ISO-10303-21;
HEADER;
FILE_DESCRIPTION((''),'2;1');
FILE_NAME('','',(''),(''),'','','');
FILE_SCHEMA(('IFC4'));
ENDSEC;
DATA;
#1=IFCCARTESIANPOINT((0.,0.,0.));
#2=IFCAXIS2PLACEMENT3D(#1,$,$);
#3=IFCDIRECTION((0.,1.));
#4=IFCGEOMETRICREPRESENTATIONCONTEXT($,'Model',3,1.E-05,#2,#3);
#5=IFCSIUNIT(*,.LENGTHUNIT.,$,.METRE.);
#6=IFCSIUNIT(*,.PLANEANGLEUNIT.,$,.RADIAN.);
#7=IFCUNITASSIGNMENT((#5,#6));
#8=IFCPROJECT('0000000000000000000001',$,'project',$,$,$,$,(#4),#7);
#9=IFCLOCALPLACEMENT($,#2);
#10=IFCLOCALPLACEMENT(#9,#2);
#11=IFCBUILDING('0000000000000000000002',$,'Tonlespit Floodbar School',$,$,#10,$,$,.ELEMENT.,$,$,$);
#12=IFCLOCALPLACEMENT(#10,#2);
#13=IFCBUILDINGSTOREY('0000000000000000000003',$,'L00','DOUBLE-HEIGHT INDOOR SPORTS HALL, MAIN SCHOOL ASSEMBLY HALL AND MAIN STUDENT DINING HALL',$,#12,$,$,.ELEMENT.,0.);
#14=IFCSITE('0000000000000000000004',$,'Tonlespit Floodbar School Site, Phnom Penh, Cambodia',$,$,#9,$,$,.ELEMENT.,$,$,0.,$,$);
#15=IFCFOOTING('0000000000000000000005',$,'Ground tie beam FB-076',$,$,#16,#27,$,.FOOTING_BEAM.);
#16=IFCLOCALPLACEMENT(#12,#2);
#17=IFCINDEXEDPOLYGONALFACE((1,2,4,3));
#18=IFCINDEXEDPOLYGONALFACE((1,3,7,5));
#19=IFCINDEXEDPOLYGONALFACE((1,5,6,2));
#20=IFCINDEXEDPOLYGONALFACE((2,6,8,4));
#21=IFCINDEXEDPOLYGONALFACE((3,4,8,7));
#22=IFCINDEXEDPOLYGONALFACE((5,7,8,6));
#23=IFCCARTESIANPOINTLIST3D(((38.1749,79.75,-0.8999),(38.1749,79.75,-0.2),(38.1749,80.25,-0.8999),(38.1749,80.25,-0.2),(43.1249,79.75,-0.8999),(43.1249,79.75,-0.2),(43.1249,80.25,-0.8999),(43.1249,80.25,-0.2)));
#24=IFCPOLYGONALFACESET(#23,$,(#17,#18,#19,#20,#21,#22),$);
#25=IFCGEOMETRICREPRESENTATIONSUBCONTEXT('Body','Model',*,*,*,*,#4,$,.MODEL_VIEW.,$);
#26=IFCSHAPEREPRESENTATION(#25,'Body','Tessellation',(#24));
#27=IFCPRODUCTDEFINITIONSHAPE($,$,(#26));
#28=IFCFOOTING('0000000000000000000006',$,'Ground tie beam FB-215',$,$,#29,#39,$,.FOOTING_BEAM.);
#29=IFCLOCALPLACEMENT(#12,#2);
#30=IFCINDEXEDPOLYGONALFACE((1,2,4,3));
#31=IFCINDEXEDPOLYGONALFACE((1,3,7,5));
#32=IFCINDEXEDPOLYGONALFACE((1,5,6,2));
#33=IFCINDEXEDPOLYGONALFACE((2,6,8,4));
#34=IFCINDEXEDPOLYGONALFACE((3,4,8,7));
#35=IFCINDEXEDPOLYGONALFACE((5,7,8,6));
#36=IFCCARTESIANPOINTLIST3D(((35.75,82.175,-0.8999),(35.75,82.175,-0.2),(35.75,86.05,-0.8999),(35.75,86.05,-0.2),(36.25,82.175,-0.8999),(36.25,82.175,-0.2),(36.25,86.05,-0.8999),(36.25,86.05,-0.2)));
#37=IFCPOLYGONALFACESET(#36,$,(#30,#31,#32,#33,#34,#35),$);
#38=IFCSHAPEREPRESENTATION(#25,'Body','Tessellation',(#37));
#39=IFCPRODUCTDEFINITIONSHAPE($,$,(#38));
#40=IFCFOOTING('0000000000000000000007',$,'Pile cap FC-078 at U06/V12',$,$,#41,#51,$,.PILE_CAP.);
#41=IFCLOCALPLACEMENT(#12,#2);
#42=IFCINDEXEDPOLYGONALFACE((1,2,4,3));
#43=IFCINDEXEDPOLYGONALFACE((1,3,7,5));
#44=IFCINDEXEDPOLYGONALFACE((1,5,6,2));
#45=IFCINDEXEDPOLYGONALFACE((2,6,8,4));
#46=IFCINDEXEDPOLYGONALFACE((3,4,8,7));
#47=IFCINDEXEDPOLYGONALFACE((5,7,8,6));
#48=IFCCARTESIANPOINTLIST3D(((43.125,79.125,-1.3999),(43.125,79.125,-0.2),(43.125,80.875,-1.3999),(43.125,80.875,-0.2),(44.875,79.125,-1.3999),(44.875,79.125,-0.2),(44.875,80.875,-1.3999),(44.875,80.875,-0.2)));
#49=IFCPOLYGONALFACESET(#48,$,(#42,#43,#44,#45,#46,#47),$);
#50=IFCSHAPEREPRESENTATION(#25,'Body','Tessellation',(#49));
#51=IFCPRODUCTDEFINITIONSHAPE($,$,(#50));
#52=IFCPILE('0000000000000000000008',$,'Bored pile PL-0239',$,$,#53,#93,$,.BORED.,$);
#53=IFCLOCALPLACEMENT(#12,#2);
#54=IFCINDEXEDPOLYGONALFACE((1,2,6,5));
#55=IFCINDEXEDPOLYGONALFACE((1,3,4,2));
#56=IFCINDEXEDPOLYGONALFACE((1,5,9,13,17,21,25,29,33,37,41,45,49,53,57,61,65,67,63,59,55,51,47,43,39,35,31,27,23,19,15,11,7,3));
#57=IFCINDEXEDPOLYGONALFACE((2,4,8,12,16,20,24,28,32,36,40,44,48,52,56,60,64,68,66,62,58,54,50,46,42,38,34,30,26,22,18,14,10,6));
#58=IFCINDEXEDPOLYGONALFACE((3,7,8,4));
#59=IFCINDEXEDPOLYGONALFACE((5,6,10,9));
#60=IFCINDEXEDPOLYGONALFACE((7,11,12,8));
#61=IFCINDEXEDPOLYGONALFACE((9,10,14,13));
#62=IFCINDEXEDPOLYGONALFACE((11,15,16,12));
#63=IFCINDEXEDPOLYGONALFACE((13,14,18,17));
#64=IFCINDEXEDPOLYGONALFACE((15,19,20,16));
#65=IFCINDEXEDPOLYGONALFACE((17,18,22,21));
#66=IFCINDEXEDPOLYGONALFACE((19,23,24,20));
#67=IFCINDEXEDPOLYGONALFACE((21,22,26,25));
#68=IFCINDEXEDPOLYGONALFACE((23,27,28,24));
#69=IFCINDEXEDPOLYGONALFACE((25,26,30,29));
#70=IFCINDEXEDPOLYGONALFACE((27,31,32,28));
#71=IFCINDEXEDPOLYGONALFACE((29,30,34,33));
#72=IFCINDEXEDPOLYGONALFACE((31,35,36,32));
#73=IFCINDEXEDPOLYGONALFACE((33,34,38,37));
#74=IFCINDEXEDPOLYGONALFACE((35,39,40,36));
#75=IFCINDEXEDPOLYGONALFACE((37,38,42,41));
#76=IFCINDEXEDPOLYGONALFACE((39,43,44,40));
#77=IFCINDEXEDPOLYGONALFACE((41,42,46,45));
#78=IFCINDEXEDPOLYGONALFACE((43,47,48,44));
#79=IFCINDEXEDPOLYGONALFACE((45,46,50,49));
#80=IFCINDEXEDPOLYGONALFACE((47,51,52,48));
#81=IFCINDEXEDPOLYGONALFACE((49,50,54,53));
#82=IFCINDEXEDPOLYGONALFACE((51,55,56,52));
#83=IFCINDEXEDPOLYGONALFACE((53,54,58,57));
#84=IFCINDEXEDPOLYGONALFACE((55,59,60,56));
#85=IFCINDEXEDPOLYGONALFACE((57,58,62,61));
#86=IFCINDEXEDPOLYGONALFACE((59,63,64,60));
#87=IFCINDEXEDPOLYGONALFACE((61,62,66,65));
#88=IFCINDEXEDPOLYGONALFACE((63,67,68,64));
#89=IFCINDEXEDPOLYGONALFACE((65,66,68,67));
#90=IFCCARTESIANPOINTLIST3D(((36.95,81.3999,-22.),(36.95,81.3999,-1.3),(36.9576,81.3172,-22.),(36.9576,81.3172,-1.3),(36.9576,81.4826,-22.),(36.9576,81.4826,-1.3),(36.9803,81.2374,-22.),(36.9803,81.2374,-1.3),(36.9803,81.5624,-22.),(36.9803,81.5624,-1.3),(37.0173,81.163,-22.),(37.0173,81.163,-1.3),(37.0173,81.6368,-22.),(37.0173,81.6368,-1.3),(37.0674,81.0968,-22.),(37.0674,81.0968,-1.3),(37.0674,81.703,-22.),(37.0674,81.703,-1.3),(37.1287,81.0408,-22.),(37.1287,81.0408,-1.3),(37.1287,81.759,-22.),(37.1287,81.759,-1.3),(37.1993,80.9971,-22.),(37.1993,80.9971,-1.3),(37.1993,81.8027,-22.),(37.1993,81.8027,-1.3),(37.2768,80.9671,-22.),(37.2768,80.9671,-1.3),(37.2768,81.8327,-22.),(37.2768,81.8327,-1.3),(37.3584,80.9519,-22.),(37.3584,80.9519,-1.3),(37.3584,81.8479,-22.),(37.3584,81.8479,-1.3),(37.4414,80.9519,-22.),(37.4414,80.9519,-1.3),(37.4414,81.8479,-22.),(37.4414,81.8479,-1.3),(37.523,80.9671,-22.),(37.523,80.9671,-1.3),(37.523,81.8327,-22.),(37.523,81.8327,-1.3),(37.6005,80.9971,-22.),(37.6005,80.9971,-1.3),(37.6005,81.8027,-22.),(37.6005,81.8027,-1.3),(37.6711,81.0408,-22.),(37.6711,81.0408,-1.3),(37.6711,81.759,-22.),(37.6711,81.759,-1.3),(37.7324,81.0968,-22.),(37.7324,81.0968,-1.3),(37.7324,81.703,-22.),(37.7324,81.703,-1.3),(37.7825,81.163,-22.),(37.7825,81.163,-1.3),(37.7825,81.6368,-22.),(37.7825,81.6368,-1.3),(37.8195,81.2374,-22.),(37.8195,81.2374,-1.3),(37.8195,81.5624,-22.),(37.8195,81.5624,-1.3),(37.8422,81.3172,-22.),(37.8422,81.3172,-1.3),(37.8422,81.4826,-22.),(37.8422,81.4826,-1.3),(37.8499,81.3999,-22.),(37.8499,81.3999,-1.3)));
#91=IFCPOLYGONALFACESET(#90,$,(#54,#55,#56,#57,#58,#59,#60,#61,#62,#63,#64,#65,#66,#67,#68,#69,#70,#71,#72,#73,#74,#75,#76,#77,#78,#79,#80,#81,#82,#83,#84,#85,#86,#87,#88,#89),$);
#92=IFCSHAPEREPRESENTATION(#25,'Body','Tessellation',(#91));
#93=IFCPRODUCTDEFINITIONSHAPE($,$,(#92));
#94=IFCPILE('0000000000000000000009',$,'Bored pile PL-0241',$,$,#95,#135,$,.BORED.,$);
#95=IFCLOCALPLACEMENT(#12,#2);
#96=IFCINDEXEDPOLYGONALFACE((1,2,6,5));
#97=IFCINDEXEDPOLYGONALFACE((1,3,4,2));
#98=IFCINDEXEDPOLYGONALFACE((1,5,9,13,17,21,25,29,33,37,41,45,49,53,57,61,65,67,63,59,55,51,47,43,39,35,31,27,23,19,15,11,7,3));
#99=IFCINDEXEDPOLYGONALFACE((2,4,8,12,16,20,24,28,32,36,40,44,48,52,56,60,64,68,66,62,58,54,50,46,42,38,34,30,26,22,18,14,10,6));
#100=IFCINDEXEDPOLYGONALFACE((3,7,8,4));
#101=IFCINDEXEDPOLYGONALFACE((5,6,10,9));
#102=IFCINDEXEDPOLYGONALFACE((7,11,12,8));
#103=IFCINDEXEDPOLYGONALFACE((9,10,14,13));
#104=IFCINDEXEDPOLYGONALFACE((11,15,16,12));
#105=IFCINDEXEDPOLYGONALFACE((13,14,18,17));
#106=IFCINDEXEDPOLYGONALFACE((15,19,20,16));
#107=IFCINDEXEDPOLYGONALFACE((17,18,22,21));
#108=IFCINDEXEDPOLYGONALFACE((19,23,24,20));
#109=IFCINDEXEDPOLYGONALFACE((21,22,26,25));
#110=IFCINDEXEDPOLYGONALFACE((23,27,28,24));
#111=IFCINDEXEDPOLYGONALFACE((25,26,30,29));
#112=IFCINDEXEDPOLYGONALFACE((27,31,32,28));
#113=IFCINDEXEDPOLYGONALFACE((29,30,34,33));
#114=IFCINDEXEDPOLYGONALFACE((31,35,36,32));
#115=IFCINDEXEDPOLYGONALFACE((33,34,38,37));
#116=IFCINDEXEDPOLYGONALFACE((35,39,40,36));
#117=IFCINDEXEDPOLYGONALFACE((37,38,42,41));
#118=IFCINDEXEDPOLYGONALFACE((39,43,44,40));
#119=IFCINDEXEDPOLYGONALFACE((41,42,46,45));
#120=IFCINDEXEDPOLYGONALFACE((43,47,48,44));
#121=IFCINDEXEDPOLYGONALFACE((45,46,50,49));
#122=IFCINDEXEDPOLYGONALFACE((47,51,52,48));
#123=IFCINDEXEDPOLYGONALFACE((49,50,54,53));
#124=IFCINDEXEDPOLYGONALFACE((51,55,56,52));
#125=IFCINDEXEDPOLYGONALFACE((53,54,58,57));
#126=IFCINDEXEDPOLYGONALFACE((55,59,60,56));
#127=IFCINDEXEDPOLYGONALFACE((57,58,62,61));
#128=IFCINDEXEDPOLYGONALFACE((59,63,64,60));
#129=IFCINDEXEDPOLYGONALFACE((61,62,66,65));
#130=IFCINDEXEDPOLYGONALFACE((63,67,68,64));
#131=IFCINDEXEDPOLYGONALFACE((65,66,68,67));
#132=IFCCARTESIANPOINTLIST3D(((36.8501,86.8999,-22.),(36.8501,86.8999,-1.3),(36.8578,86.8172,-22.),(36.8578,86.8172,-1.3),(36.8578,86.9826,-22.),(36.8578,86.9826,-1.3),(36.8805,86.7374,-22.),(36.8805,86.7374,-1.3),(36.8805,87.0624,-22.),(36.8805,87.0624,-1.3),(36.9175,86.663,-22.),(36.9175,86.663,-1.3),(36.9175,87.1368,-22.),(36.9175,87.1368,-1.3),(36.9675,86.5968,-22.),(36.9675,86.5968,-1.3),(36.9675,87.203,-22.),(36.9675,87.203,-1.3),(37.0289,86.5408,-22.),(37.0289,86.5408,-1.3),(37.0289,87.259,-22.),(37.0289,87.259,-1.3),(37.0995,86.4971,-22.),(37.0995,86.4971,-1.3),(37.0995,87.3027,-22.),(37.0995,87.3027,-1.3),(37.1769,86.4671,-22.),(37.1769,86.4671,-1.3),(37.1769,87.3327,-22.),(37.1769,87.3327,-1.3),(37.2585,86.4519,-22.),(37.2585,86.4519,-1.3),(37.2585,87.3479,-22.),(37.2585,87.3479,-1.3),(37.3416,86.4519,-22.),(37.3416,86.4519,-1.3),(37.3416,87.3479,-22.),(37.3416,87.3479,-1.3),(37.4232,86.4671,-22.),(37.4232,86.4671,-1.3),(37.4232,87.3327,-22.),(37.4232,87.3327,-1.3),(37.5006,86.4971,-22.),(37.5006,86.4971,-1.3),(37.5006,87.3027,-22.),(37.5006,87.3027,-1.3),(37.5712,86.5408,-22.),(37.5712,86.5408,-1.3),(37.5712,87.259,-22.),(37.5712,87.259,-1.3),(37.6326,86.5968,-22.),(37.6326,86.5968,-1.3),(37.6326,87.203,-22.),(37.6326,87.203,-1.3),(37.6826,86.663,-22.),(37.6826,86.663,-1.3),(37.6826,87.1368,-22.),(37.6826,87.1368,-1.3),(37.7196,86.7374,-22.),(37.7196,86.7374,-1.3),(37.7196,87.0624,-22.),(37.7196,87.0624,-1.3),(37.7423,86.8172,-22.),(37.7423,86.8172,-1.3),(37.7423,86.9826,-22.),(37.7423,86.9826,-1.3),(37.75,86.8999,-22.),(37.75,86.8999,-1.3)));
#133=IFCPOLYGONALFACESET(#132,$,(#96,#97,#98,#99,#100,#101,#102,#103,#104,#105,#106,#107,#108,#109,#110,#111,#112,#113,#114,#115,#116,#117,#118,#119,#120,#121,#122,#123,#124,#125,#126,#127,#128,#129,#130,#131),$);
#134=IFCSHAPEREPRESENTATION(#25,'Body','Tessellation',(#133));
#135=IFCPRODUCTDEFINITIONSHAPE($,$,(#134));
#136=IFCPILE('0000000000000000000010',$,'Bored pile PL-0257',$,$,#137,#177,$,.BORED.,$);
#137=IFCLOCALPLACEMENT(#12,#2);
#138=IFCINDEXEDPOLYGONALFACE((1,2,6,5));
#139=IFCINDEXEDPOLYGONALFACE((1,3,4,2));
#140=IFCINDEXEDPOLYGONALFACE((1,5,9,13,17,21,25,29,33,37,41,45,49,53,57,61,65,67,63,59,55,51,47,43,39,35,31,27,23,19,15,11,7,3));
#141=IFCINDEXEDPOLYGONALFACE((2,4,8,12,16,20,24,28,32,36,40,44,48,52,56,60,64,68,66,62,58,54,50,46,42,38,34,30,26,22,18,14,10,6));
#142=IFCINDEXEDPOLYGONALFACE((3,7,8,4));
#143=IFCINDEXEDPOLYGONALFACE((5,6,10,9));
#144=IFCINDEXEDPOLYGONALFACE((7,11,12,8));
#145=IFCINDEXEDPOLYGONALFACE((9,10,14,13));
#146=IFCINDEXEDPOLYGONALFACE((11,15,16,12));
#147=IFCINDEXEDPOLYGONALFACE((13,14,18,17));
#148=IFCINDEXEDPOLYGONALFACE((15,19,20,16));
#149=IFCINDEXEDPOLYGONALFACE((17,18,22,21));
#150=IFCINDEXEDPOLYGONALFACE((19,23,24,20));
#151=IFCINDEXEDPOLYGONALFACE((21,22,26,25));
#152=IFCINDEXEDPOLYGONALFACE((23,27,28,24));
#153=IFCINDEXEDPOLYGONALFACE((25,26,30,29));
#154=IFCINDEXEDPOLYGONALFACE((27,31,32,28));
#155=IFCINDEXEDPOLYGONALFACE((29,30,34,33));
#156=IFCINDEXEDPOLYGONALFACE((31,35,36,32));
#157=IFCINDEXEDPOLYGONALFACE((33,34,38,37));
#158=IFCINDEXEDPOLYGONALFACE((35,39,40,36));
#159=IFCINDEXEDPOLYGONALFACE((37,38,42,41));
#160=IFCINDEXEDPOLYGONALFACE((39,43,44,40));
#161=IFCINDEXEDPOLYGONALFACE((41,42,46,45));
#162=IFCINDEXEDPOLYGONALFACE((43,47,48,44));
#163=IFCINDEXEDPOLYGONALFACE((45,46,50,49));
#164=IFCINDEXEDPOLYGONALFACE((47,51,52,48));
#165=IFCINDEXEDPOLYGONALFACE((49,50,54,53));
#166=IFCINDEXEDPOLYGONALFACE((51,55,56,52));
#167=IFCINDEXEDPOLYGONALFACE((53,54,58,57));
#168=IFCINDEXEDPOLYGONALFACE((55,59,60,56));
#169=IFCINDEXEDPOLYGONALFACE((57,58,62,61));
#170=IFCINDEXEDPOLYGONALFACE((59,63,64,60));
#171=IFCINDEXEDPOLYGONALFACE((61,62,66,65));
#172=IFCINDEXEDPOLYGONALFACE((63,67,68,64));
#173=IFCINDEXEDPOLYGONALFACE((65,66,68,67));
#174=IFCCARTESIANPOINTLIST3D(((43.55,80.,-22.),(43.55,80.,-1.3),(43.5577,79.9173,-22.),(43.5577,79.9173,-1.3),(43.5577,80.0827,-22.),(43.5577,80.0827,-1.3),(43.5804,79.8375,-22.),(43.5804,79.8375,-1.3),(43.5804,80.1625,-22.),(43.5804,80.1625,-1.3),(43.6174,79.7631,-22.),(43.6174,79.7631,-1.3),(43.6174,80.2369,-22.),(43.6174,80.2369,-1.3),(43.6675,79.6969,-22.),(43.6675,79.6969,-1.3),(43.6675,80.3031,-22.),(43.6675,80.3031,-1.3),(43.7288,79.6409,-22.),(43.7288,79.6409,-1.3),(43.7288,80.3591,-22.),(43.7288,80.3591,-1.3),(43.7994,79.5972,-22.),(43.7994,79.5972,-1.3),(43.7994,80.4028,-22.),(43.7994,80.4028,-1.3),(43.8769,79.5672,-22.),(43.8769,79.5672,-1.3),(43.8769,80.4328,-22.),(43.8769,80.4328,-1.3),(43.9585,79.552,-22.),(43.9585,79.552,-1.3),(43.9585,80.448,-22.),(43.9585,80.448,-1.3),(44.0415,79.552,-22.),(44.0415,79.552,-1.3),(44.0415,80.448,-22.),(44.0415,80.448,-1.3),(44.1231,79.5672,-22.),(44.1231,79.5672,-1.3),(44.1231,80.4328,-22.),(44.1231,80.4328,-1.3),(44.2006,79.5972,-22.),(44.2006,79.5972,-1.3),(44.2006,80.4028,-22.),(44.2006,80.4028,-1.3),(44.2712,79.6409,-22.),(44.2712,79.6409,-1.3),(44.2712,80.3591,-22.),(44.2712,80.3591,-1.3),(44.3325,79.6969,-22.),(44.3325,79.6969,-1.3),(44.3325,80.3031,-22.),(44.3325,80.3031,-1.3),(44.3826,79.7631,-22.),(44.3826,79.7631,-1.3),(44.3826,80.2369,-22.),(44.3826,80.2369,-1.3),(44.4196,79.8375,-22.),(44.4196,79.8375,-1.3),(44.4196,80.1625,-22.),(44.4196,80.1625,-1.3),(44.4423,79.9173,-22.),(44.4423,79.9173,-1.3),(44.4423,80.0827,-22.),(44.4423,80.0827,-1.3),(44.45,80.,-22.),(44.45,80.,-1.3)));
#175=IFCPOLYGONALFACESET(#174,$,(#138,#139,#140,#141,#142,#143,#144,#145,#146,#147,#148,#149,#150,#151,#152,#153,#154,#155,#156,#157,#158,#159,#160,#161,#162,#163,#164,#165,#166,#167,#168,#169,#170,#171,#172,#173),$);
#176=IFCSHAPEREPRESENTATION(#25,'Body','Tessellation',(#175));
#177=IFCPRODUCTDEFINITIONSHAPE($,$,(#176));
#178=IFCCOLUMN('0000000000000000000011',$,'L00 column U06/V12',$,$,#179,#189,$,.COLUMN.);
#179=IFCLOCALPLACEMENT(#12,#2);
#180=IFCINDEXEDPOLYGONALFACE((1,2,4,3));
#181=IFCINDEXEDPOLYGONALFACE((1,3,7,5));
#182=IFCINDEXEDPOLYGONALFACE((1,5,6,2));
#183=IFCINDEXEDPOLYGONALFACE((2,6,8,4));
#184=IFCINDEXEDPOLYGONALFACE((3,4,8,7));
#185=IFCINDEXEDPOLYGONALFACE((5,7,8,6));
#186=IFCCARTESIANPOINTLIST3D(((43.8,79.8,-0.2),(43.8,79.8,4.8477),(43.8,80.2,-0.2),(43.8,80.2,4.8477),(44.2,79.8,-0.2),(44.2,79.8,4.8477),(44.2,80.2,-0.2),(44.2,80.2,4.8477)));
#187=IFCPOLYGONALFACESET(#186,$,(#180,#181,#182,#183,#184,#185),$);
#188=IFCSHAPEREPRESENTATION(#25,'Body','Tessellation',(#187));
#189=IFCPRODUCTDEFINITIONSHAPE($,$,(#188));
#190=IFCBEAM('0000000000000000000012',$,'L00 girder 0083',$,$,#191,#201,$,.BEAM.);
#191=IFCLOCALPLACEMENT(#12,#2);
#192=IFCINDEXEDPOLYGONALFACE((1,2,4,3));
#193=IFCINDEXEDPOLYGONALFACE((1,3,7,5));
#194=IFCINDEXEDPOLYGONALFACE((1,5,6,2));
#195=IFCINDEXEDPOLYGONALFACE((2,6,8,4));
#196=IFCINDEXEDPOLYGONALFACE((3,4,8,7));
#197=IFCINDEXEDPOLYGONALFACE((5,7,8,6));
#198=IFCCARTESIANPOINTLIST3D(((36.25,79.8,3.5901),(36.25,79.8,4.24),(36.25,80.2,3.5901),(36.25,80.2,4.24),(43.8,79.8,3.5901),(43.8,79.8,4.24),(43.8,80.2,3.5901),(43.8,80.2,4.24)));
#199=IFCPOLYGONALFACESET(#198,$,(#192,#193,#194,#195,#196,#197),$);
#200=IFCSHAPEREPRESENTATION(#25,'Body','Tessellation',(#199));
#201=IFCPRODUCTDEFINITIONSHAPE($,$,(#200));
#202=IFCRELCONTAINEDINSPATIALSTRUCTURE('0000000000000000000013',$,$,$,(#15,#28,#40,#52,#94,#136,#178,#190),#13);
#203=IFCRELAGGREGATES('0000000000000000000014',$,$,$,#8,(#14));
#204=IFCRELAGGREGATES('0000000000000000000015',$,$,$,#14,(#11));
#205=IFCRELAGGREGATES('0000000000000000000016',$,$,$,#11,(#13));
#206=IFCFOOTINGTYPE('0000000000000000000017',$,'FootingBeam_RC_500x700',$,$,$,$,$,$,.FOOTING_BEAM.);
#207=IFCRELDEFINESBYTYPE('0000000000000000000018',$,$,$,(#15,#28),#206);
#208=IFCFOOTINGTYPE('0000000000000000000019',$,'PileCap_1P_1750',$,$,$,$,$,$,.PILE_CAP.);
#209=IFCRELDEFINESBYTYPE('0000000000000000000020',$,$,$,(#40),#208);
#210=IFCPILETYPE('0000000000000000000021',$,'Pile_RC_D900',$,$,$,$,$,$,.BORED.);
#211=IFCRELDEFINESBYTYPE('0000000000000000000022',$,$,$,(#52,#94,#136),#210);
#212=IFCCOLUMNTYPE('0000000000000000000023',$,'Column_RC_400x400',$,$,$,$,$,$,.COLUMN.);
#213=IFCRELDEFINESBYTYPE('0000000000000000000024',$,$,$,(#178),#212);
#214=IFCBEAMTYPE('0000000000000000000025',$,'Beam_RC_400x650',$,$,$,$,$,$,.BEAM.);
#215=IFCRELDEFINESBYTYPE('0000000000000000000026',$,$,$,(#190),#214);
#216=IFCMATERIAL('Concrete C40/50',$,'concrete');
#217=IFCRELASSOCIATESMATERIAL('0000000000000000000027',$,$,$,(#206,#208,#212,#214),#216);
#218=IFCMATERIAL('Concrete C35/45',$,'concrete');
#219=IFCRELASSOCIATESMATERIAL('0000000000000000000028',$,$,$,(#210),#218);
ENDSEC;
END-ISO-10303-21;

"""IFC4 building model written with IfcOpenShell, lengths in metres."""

from ifc_helpers import new_model, si_unit, direction, frame, origin, origin_2d, place, context, subcontext, project, spatial, rectangle, circle, extrude, material, material_profile, profile_set, type_object, element, save


model = new_model("IFC4")

# Units and contexts
model_context = context("Model", 3, precision=1e-05, world=origin(), true_north=direction((0.0, 1.0)))
body_context = subcontext(model_context, "Body", "Model", "MODEL_VIEW")
ifc_project = project(units=[si_unit("LENGTHUNIT", "METRE"), si_unit("PLANEANGLEUNIT", "RADIAN")], contexts=[model_context])

# Site, building, storey
site_placement = place(None, origin())
site = spatial("IfcSite", under=ifc_project, at=site_placement, Name="Tonlespit Floodbar School Site, Phnom Penh, Cambodia", CompositionType="ELEMENT", RefElevation=0.0)
building_placement = place(site_placement, origin())
building = spatial("IfcBuilding", under=site, at=building_placement, Name="Tonlespit Floodbar School", CompositionType="ELEMENT")
storey_placement = place(building_placement, origin())
storey = spatial("IfcBuildingStorey", under=building, at=storey_placement, Name="L00", Description="DOUBLE-HEIGHT INDOOR SPORTS HALL, MAIN SCHOOL ASSEMBLY HALL AND MAIN STUDENT DINING HALL", CompositionType="ELEMENT", Elevation=0.0)

# Footings
ifc_material_1 = material(Name="Concrete C40/50", Category="concrete")
footing_type_1 = type_object("IfcFootingType", Name="FootingBeam_RC_500x700", PredefinedType="FOOTING_BEAM", material=ifc_material_1)
footing_1_placement = place(storey_placement, frame((40.6499, 80.0, -0.8999), z_axis=(0.0, 0.0, 1.0), x_axis=(1.0, 0.0, 0.0)))
element("IfcFooting", 1, at=footing_1_placement, inside=storey, type_object=footing_type_1, Name="Ground tie beam FB-076", PredefinedType="FOOTING_BEAM", context=body_context, shape_type="SweptSolid", body=[
    extrude(rectangle(XDim=4.95, YDim=0.5, at=origin_2d()), origin(), (0.0, 0.0, 1.0), 0.7),
])
footing_2_placement = place(storey_placement, frame((36.0, 84.1125, -0.8999), z_axis=(0.0, 0.0, 1.0), x_axis=(0.0, 1.0, 0.0)))
element("IfcFooting", 2, at=footing_2_placement, inside=storey, type_object=footing_type_1, Name="Ground tie beam FB-215", PredefinedType="FOOTING_BEAM", context=body_context, shape_type="SweptSolid", body=[
    extrude(rectangle(XDim=3.875, YDim=0.5, at=origin_2d()), origin(), (0.0, 0.0, 1.0), 0.7),
])
footing_type_2 = type_object("IfcFootingType", Name="PileCap_1P_1750", PredefinedType="PILE_CAP", material=ifc_material_1)
footing_3_placement = place(storey_placement, frame((44.0, 80.0, -1.3999), z_axis=(0.0, 0.0, 1.0), x_axis=(1.0, 0.0, 0.0)))
element("IfcFooting", 3, at=footing_3_placement, inside=storey, type_object=footing_type_2, Name="Pile cap FC-078 at U06/V12", PredefinedType="PILE_CAP", context=body_context, shape_type="SweptSolid", body=[
    extrude(rectangle(XDim=1.75, YDim=1.75, at=origin_2d()), origin(), (0.0, 0.0, 1.0), 1.2),
])

# Piles
ifc_material_2 = material(Name="Concrete C35/45", Category="concrete")
ifc_material_profile_1 = material_profile(ifc_material_2, circle(Radius=0.45, at=origin_2d()), Name="BP D900")
ifc_profile_set_1 = profile_set([ifc_material_profile_1], Name="Concrete C35/45")
pile_type = type_object("IfcPileType", Name="Pile_RC_D900", PredefinedType="BORED", material=ifc_profile_set_1)
for number, where, z_axis, x_axis, name in (
    (4, (37.3999, 81.3999, -1.3), (0.0, 0.0, -1.0), (1.0, 0.0, 0.0), "Bored pile PL-0239"),
    (5, (37.3, 86.8999, -1.3), (0.0, 0.0, -1.0), (1.0, 0.0, 0.0), "Bored pile PL-0241"),
    (6, (44.0, 80.0, -1.3), (0.0, 0.0, -1.0), (1.0, 0.0, 0.0), "Bored pile PL-0257"),
):
    element("IfcPile", number, at=place(storey_placement, frame(where, z_axis=z_axis, x_axis=x_axis)), inside=storey, type_object=pile_type, Name=name, PredefinedType="BORED", context=body_context, shape_type="SweptSolid", body=[
        extrude(circle(Radius=0.45, at=origin_2d()), origin(), (0.0, 0.0, 1.0), 20.7),
    ])

# Column
ifc_material_profile_2 = material_profile(ifc_material_1, rectangle(XDim=0.3999, YDim=0.3999, at=origin_2d()), Name="RC 400x400")
ifc_profile_set_2 = profile_set([ifc_material_profile_2], Name="Concrete C40/50")
column_type = type_object("IfcColumnType", Name="Column_RC_400x400", PredefinedType="COLUMN", material=ifc_profile_set_2)
column_placement = place(storey_placement, frame((44.0, 80.0, -0.2), z_axis=(0.0, 0.0, 1.0), x_axis=(1.0, 0.0, 0.0)))
element("IfcColumn", 7, at=column_placement, inside=storey, type_object=column_type, Name="L00 column U06/V12", PredefinedType="COLUMN", context=body_context, shape_type="SweptSolid", body=[
    extrude(rectangle(XDim=0.3999, YDim=0.3999, at=origin_2d()), origin(), (0.0, 0.0, 1.0), 5.0476),
])

# Beam
ifc_material_profile_3 = material_profile(ifc_material_1, rectangle(XDim=0.3999, YDim=0.6499, at=origin_2d()), Name="RC 400x650")
ifc_profile_set_3 = profile_set([ifc_material_profile_3], Name="Concrete C40/50")
beam_type_1 = type_object("IfcBeamType", Name="Beam_RC_400x650", PredefinedType="BEAM", material=ifc_profile_set_3)
beam_1_placement = place(storey_placement, frame((36.25, 80.0, 3.915), z_axis=(1.0, 0.0, 0.0), x_axis=(0.0, 1.0, 0.0)))
element("IfcBeam", 8, at=beam_1_placement, inside=storey, type_object=beam_type_1, Name="L00 girder 0083", PredefinedType="BEAM", context=body_context, shape_type="SweptSolid", body=[
    extrude(rectangle(XDim=0.3999, YDim=0.6499, at=origin_2d()), origin(), (0.0, 0.0, 1.0), 7.55),
])

save(model, "model.ifc")
